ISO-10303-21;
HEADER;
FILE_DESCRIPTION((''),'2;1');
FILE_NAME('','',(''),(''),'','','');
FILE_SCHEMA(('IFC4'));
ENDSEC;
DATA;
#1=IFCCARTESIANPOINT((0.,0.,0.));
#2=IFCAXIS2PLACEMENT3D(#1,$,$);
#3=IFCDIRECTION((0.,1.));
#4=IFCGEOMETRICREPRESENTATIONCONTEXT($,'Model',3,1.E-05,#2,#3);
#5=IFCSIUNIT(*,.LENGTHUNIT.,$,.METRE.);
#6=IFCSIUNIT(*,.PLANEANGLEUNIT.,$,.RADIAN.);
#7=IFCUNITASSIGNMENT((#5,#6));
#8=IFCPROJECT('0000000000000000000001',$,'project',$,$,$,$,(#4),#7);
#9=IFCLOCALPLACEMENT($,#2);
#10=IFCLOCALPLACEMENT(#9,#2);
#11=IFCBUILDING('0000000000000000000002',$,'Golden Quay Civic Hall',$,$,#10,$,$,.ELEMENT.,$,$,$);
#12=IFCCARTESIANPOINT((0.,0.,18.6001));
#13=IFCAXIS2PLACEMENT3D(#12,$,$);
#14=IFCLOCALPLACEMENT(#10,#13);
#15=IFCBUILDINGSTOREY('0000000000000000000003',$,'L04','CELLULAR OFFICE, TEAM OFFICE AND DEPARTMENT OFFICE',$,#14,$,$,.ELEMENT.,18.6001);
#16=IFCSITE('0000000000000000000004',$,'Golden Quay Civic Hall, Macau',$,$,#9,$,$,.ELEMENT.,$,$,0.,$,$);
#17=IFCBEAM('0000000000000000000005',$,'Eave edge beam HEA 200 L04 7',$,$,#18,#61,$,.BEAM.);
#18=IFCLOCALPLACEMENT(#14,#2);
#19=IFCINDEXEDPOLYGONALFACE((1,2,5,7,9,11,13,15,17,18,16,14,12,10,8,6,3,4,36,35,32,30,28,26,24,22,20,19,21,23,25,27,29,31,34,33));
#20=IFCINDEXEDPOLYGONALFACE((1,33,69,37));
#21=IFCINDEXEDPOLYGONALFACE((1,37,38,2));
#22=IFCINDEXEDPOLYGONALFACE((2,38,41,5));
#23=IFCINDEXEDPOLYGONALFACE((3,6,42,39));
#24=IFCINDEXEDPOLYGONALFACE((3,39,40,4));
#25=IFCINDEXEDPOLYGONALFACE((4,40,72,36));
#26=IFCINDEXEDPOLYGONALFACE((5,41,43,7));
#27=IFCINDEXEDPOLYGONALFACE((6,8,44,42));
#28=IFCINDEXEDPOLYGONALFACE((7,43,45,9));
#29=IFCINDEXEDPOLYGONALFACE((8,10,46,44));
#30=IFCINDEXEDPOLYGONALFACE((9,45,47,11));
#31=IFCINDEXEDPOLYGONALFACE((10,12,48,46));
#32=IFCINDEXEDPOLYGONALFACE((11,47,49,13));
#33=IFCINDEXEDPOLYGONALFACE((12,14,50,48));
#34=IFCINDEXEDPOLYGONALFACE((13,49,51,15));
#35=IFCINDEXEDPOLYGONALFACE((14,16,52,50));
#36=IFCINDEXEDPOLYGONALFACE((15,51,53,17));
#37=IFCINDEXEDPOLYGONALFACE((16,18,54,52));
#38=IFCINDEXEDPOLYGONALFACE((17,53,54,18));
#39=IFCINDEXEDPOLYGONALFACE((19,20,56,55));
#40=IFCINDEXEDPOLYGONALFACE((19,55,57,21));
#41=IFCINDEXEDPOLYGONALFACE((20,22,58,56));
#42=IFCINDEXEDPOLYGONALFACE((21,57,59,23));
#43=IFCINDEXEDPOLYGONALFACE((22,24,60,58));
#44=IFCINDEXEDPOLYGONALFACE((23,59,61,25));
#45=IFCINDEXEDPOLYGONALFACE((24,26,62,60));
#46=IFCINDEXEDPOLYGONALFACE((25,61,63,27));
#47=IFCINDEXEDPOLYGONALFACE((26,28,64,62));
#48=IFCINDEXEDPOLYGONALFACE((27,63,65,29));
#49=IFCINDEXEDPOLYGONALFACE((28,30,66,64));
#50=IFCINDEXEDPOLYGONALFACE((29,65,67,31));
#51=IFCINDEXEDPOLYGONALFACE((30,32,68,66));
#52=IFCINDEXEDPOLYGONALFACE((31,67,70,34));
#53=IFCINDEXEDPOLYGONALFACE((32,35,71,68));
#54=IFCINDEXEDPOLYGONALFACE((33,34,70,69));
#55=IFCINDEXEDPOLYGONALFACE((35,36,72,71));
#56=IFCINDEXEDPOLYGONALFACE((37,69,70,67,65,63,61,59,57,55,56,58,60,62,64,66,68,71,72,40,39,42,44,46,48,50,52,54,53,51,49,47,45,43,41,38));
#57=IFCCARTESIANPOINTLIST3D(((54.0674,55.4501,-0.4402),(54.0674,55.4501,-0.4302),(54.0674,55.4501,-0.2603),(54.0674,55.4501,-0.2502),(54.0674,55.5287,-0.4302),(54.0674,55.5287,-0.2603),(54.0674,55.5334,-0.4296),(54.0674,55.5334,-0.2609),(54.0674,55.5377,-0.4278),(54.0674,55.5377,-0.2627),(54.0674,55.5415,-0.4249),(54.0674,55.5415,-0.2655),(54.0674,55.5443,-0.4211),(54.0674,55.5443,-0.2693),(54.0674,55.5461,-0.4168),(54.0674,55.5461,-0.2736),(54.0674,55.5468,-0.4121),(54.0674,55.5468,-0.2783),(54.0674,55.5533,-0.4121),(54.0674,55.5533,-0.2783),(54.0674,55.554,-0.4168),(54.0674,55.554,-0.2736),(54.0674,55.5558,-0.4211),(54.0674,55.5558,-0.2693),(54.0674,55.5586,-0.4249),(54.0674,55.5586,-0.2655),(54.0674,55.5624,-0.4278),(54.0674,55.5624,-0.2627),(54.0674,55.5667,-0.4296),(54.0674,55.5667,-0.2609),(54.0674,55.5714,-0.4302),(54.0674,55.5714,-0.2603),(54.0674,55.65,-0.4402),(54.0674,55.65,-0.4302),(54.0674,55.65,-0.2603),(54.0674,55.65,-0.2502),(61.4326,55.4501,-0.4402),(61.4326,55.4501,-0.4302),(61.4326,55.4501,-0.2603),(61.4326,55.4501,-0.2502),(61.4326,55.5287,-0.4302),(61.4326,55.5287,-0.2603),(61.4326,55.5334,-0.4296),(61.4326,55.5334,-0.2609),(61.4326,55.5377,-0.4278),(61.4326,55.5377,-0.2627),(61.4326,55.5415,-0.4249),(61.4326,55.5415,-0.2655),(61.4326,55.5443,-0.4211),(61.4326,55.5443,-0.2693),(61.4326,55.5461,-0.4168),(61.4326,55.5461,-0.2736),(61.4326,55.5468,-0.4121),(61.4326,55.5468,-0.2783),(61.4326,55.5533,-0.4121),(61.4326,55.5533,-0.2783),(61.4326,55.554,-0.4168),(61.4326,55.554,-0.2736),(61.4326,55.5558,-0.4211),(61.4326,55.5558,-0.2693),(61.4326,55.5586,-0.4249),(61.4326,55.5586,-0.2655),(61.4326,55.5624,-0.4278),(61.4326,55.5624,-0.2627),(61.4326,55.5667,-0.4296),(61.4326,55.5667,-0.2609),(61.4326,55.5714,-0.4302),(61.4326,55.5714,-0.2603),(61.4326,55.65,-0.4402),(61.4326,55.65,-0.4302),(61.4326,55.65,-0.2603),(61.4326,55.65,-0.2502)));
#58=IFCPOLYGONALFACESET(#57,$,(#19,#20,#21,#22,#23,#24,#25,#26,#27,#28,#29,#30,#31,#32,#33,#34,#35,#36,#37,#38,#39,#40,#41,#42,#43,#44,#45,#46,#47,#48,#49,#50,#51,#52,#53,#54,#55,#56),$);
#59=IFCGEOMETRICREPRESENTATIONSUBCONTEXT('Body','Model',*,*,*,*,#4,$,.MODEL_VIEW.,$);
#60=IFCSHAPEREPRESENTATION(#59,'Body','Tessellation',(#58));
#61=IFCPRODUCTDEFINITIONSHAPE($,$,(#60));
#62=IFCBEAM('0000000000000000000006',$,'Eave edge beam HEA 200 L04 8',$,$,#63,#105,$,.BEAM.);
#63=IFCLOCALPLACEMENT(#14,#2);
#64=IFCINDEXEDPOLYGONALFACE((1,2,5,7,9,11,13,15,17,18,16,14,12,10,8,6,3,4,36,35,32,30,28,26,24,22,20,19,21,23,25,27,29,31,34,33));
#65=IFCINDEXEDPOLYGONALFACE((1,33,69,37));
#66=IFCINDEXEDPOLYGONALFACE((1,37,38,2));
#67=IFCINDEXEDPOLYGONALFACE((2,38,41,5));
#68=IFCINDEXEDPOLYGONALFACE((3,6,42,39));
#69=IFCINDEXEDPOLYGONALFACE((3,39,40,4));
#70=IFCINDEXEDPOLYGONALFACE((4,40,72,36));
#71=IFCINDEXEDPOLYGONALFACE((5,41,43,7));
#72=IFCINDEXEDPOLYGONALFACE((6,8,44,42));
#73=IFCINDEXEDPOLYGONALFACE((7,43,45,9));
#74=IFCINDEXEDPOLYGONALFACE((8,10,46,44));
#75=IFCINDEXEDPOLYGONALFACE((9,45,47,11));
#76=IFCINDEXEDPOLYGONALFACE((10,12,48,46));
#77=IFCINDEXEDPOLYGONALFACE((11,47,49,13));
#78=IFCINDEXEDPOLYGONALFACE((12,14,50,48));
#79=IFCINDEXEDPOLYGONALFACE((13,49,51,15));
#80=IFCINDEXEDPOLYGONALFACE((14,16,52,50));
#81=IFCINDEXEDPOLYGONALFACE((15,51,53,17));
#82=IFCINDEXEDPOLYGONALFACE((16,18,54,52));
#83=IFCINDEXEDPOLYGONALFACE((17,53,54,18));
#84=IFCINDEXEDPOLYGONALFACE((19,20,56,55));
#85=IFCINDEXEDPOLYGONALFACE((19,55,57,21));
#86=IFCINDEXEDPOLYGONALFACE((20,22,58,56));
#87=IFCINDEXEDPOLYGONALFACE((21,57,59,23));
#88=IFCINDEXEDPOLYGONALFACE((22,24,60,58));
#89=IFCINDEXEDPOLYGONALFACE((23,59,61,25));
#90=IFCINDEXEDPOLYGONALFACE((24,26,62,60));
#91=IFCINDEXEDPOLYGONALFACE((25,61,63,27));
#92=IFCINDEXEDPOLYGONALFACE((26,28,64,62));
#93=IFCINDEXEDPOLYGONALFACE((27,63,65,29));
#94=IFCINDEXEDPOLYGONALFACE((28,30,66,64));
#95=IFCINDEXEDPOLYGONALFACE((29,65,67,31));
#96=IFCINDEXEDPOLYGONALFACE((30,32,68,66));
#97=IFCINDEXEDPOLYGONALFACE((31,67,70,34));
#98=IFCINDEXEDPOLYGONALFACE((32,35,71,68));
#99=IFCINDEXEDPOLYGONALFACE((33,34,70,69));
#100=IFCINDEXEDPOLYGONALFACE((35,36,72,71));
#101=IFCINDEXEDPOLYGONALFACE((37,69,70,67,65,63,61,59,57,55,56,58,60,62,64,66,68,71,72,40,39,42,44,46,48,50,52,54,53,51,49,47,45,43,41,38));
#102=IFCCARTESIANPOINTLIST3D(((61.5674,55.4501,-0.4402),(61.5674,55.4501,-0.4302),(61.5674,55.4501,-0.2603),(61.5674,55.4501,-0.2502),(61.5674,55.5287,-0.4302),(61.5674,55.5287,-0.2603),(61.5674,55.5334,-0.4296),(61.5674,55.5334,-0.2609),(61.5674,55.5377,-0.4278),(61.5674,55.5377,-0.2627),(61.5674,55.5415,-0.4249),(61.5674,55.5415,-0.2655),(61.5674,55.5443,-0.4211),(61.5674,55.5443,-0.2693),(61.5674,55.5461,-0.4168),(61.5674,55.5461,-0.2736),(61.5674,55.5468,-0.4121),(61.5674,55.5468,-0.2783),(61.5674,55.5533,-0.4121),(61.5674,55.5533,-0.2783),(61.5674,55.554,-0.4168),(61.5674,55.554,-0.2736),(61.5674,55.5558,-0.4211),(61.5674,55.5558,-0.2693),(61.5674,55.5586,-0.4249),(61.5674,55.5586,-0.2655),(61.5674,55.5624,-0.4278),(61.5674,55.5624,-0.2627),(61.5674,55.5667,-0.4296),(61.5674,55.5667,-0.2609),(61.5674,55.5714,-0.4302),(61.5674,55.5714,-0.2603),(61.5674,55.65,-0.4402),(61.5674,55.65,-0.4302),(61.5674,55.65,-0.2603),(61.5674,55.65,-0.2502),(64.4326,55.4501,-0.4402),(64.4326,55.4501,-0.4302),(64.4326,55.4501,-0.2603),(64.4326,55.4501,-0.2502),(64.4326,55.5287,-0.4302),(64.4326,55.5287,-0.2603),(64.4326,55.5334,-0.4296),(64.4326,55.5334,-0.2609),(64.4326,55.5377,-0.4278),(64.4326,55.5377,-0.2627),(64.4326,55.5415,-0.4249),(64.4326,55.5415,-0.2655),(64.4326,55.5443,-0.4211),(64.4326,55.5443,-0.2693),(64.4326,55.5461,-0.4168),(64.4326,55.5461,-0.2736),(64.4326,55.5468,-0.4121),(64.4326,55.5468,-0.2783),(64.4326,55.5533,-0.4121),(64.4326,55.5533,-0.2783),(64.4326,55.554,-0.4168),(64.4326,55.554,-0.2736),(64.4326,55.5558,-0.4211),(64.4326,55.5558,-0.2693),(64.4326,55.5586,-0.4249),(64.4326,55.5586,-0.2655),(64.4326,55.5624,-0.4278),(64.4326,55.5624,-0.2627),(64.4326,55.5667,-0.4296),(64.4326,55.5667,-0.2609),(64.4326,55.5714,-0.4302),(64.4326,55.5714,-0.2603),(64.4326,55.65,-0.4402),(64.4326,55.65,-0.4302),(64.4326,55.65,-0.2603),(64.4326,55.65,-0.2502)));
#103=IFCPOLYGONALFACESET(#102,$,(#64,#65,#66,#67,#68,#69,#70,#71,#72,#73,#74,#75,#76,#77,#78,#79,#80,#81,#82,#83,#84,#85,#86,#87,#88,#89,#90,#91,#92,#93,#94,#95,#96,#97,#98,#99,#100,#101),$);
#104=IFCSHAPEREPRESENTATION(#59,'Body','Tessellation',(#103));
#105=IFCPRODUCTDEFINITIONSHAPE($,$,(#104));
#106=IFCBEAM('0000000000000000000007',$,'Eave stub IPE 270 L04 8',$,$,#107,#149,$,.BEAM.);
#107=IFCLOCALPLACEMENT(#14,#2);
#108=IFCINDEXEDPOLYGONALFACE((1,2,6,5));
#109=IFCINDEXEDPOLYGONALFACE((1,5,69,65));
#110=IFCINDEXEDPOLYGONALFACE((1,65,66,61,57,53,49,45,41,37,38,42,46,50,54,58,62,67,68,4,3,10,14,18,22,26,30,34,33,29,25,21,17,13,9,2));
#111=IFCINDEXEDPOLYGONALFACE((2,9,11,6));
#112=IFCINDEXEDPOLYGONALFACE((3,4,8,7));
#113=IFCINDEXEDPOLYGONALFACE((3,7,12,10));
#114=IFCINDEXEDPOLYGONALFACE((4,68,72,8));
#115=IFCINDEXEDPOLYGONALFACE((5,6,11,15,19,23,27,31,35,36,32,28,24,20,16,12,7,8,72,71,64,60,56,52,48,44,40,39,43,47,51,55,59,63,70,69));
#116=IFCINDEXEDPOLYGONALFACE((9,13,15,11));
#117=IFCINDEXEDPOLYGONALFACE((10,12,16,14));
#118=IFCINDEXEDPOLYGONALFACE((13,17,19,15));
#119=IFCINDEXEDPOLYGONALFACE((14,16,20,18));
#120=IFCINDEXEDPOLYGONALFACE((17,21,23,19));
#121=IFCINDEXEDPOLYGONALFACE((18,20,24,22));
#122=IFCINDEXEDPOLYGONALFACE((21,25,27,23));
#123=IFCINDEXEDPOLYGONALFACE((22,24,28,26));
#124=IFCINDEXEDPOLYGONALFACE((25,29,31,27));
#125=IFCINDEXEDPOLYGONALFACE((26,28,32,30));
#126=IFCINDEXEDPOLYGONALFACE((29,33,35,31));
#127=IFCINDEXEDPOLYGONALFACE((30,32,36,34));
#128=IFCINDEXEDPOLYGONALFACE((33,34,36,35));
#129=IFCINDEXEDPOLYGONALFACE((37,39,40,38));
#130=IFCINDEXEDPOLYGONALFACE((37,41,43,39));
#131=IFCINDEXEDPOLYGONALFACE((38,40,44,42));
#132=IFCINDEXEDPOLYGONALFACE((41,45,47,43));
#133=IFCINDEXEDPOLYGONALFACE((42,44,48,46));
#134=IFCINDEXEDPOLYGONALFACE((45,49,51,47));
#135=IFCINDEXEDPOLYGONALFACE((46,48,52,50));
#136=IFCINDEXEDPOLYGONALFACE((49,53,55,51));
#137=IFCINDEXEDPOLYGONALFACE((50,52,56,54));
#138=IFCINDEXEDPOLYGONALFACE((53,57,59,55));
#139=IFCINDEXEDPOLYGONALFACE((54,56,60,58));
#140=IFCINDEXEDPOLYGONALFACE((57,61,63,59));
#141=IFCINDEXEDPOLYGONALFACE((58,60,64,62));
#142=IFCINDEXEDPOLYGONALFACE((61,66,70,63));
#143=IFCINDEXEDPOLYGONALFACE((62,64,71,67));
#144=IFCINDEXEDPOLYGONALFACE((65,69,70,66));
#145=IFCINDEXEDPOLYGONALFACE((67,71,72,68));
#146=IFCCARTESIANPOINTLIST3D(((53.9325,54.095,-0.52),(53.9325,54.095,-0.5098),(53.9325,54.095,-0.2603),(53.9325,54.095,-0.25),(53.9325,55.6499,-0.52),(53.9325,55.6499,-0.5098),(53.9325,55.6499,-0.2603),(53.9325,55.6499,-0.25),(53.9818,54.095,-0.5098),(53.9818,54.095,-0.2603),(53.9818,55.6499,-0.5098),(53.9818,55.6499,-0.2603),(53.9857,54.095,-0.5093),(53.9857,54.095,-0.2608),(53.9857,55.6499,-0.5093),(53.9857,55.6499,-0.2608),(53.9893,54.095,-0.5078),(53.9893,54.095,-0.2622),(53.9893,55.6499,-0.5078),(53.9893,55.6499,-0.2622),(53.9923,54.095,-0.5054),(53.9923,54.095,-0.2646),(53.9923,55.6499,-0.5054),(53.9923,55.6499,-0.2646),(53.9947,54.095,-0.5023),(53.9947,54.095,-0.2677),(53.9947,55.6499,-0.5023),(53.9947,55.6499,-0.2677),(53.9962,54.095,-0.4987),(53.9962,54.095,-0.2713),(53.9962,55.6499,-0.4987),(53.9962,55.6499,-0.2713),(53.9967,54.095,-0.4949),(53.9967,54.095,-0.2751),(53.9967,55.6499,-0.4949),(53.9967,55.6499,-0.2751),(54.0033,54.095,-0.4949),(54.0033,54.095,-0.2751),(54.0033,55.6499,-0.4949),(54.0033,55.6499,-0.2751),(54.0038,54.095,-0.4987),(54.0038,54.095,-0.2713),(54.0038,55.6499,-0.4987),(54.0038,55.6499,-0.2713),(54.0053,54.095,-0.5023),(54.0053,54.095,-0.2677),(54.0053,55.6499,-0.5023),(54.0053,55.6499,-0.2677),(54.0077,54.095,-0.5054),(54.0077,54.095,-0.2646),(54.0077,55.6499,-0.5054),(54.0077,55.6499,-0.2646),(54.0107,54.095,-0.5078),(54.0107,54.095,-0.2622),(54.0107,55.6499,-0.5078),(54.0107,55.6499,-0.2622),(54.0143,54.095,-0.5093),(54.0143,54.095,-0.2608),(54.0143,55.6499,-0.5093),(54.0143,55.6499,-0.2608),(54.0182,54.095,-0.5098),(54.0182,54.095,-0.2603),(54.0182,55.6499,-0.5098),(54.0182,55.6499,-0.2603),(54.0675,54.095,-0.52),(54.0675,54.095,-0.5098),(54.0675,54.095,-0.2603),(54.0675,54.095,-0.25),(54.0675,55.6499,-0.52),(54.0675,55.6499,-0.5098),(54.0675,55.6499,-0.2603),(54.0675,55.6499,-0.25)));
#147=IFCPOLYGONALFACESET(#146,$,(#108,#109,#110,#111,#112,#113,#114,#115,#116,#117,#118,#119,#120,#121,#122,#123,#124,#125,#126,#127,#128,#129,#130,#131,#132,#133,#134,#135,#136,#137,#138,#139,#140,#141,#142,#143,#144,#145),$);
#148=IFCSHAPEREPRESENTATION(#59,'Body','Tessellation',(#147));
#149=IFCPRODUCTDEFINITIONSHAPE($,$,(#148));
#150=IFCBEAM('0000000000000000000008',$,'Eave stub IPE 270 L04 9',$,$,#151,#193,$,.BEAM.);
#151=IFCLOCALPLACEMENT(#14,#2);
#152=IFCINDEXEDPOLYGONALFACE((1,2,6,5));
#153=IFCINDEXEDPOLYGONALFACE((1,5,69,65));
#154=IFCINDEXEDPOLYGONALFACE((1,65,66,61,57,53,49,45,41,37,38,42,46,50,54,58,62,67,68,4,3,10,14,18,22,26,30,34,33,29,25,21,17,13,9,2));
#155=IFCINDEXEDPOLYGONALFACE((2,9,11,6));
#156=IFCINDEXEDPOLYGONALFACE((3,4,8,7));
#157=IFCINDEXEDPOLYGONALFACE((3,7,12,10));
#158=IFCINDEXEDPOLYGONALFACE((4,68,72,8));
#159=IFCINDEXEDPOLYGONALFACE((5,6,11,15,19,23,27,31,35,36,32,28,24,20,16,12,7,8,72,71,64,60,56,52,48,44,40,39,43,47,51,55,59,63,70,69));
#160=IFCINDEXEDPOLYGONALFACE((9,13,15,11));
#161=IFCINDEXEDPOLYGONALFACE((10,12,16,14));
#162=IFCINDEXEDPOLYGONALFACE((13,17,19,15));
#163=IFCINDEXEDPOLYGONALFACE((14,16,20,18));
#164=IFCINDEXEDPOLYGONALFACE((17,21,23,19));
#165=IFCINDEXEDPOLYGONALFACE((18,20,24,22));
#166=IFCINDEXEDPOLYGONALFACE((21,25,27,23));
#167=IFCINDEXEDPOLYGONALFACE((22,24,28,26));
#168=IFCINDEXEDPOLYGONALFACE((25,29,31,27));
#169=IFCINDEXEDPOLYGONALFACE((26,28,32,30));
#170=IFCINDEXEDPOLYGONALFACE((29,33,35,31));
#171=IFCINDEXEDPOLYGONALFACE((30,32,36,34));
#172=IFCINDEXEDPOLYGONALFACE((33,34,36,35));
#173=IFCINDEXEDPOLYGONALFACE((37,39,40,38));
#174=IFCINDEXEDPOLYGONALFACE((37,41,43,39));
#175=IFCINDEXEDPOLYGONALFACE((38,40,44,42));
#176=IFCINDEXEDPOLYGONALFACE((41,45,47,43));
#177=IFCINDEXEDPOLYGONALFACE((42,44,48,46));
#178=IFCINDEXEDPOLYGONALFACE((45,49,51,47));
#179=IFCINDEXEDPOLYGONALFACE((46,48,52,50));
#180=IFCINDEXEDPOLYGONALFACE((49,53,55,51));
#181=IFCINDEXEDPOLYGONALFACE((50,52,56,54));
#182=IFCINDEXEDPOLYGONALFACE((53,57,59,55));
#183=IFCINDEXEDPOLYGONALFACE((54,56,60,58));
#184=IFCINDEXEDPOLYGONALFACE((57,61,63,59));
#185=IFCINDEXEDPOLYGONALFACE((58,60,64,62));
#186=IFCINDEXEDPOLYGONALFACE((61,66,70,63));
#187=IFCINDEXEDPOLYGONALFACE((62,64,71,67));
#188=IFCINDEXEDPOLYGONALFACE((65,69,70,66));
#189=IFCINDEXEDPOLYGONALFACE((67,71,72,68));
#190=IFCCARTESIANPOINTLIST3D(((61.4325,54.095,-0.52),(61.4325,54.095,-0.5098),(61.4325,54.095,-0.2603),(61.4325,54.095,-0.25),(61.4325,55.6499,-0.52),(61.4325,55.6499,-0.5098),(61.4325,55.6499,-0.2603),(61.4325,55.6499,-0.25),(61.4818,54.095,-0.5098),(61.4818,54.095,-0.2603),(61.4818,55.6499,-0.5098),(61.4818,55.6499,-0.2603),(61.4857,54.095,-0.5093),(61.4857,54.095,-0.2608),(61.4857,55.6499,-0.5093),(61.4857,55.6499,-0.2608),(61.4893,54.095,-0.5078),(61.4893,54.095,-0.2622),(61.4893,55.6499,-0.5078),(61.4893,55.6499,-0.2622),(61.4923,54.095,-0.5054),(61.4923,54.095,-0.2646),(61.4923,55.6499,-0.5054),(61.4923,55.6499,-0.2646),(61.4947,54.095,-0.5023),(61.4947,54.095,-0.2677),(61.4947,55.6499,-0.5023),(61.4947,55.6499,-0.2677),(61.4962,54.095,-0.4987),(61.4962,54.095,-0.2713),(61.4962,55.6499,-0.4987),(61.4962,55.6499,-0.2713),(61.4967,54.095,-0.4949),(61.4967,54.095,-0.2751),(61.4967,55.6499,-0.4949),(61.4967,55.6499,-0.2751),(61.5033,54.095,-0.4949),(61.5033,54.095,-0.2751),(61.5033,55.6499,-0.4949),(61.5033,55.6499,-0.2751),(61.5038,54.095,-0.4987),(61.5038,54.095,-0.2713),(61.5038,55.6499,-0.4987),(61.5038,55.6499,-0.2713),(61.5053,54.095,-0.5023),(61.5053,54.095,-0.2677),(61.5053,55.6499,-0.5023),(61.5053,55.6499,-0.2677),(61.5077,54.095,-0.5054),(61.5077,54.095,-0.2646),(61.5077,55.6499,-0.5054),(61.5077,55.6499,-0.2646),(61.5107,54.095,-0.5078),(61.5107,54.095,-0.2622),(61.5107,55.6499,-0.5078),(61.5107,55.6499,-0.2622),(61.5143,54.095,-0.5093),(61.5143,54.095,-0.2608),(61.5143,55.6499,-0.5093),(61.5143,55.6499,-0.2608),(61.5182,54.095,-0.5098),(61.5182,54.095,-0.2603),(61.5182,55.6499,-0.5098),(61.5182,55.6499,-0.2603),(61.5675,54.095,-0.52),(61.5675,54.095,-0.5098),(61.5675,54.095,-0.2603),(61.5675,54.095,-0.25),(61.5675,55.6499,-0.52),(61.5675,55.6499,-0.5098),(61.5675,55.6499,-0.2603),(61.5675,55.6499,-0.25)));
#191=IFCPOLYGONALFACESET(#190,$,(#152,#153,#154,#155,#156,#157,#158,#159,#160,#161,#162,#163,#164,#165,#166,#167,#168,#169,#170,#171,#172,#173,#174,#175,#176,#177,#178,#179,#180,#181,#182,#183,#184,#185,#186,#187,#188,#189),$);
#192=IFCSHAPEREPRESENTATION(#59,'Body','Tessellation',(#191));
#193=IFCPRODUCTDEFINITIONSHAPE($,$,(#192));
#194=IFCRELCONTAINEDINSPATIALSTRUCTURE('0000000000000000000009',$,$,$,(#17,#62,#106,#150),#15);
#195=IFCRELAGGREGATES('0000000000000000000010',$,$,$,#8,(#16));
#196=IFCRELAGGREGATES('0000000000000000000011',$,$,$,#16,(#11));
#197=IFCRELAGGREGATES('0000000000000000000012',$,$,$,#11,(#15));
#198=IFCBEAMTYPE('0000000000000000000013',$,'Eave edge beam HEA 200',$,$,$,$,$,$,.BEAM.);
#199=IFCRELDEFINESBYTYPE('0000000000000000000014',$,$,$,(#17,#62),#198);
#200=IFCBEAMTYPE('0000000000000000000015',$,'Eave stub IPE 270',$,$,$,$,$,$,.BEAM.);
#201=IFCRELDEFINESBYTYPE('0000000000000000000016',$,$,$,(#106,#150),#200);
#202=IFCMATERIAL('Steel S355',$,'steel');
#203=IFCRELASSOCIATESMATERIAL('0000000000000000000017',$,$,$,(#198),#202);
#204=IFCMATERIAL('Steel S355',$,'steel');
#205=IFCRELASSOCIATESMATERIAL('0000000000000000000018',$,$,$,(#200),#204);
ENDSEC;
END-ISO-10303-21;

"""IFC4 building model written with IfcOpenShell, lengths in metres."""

from ifc_helpers import new_model, si_unit, direction, frame, origin, origin_2d, place, context, subcontext, project, spatial, i_section, extrude, material, material_profile, profile_set, type_object, element, save


model = new_model("IFC4")

# Units and contexts
model_context = context("Model", 3, precision=1e-05, world=origin(), true_north=direction((0.0, 1.0)))
body_context = subcontext(model_context, "Body", "Model", "MODEL_VIEW")
ifc_project = project(units=[si_unit("LENGTHUNIT", "METRE"), si_unit("PLANEANGLEUNIT", "RADIAN")], contexts=[model_context])

# Site, building, storey
site_placement = place(None, origin())
site = spatial("IfcSite", under=ifc_project, at=site_placement, Name="Golden Quay Civic Hall, Macau", CompositionType="ELEMENT", RefElevation=0.0)
building_placement = place(site_placement, origin())
building = spatial("IfcBuilding", under=site, at=building_placement, Name="Golden Quay Civic Hall", CompositionType="ELEMENT")
storey_placement = place(building_placement, frame((0.0, 0.0, 18.6001)))
storey = spatial("IfcBuildingStorey", under=building, at=storey_placement, Name="L04", Description="CELLULAR OFFICE, TEAM OFFICE AND DEPARTMENT OFFICE", CompositionType="ELEMENT", Elevation=18.6001)

# Beams
ifc_material_1 = material(Name="Steel S355", Category="steel")
ifc_material_profile_1 = material_profile(ifc_material_1, i_section(OverallWidth=0.2, OverallDepth=0.1899, WebThickness=0.0066, FlangeThickness=0.01, FilletRadius=0.0181, at=origin_2d()), Name="HEA 200")
ifc_profile_set_1 = profile_set([ifc_material_profile_1], Name="Steel S355")
beam_type_1 = type_object("IfcBeamType", Name="Eave edge beam HEA 200", PredefinedType="BEAM", material=ifc_profile_set_1)
beam_1_placement = place(storey_placement, frame((54.0674, 55.55, -0.3452), z_axis=(1.0, 0.0, 0.0), x_axis=(0.0, 1.0, 0.0)))
element("IfcBeam", 1, at=beam_1_placement, inside=storey, type_object=beam_type_1, Name="Eave edge beam HEA 200 L04 7", PredefinedType="BEAM", context=body_context, shape_type="SweptSolid", body=[
    extrude(i_section(OverallWidth=0.2, OverallDepth=0.1899, WebThickness=0.0066, FlangeThickness=0.01, FilletRadius=0.0181, at=origin_2d()), origin(), (0.0, 0.0, 1.0), 7.3652),
])
beam_2_placement = place(storey_placement, frame((61.5674, 55.55, -0.3452), z_axis=(1.0, 0.0, 0.0), x_axis=(0.0, 1.0, 0.0)))
element("IfcBeam", 2, at=beam_2_placement, inside=storey, type_object=beam_type_1, Name="Eave edge beam HEA 200 L04 8", PredefinedType="BEAM", context=body_context, shape_type="SweptSolid", body=[
    extrude(i_section(OverallWidth=0.2, OverallDepth=0.1899, WebThickness=0.0066, FlangeThickness=0.01, FilletRadius=0.0181, at=origin_2d()), origin(), (0.0, 0.0, 1.0), 2.8652),
])
ifc_material_2 = material(Name="Steel S355", Category="steel")
ifc_material_profile_2 = material_profile(ifc_material_2, i_section(OverallWidth=0.135, OverallDepth=0.27, WebThickness=0.0066, FlangeThickness=0.0103, FilletRadius=0.0149, at=origin_2d()), Name="IPE 270")
ifc_profile_set_2 = profile_set([ifc_material_profile_2], Name="Steel S355")
beam_type_2 = type_object("IfcBeamType", Name="Eave stub IPE 270", PredefinedType="BEAM", material=ifc_profile_set_2)
for number, where, z_axis, x_axis, name in (
    (3, (54.0, 54.095, -0.385), (0.0, 1.0, 0.0), (-1.0, 0.0, 0.0), "Eave stub IPE 270 L04 8"),
    (4, (61.5, 54.095, -0.385), (0.0, 1.0, 0.0), (-1.0, 0.0, 0.0), "Eave stub IPE 270 L04 9"),
):
    element("IfcBeam", number, at=place(storey_placement, frame(where, z_axis=z_axis, x_axis=x_axis)), inside=storey, type_object=beam_type_2, Name=name, PredefinedType="BEAM", context=body_context, shape_type="SweptSolid", body=[
        extrude(i_section(OverallWidth=0.135, OverallDepth=0.27, WebThickness=0.0066, FlangeThickness=0.0103, FilletRadius=0.0149, at=origin_2d()), origin(), (0.0, 0.0, 1.0), 1.5549),
    ])

save(model, "model.ifc")
